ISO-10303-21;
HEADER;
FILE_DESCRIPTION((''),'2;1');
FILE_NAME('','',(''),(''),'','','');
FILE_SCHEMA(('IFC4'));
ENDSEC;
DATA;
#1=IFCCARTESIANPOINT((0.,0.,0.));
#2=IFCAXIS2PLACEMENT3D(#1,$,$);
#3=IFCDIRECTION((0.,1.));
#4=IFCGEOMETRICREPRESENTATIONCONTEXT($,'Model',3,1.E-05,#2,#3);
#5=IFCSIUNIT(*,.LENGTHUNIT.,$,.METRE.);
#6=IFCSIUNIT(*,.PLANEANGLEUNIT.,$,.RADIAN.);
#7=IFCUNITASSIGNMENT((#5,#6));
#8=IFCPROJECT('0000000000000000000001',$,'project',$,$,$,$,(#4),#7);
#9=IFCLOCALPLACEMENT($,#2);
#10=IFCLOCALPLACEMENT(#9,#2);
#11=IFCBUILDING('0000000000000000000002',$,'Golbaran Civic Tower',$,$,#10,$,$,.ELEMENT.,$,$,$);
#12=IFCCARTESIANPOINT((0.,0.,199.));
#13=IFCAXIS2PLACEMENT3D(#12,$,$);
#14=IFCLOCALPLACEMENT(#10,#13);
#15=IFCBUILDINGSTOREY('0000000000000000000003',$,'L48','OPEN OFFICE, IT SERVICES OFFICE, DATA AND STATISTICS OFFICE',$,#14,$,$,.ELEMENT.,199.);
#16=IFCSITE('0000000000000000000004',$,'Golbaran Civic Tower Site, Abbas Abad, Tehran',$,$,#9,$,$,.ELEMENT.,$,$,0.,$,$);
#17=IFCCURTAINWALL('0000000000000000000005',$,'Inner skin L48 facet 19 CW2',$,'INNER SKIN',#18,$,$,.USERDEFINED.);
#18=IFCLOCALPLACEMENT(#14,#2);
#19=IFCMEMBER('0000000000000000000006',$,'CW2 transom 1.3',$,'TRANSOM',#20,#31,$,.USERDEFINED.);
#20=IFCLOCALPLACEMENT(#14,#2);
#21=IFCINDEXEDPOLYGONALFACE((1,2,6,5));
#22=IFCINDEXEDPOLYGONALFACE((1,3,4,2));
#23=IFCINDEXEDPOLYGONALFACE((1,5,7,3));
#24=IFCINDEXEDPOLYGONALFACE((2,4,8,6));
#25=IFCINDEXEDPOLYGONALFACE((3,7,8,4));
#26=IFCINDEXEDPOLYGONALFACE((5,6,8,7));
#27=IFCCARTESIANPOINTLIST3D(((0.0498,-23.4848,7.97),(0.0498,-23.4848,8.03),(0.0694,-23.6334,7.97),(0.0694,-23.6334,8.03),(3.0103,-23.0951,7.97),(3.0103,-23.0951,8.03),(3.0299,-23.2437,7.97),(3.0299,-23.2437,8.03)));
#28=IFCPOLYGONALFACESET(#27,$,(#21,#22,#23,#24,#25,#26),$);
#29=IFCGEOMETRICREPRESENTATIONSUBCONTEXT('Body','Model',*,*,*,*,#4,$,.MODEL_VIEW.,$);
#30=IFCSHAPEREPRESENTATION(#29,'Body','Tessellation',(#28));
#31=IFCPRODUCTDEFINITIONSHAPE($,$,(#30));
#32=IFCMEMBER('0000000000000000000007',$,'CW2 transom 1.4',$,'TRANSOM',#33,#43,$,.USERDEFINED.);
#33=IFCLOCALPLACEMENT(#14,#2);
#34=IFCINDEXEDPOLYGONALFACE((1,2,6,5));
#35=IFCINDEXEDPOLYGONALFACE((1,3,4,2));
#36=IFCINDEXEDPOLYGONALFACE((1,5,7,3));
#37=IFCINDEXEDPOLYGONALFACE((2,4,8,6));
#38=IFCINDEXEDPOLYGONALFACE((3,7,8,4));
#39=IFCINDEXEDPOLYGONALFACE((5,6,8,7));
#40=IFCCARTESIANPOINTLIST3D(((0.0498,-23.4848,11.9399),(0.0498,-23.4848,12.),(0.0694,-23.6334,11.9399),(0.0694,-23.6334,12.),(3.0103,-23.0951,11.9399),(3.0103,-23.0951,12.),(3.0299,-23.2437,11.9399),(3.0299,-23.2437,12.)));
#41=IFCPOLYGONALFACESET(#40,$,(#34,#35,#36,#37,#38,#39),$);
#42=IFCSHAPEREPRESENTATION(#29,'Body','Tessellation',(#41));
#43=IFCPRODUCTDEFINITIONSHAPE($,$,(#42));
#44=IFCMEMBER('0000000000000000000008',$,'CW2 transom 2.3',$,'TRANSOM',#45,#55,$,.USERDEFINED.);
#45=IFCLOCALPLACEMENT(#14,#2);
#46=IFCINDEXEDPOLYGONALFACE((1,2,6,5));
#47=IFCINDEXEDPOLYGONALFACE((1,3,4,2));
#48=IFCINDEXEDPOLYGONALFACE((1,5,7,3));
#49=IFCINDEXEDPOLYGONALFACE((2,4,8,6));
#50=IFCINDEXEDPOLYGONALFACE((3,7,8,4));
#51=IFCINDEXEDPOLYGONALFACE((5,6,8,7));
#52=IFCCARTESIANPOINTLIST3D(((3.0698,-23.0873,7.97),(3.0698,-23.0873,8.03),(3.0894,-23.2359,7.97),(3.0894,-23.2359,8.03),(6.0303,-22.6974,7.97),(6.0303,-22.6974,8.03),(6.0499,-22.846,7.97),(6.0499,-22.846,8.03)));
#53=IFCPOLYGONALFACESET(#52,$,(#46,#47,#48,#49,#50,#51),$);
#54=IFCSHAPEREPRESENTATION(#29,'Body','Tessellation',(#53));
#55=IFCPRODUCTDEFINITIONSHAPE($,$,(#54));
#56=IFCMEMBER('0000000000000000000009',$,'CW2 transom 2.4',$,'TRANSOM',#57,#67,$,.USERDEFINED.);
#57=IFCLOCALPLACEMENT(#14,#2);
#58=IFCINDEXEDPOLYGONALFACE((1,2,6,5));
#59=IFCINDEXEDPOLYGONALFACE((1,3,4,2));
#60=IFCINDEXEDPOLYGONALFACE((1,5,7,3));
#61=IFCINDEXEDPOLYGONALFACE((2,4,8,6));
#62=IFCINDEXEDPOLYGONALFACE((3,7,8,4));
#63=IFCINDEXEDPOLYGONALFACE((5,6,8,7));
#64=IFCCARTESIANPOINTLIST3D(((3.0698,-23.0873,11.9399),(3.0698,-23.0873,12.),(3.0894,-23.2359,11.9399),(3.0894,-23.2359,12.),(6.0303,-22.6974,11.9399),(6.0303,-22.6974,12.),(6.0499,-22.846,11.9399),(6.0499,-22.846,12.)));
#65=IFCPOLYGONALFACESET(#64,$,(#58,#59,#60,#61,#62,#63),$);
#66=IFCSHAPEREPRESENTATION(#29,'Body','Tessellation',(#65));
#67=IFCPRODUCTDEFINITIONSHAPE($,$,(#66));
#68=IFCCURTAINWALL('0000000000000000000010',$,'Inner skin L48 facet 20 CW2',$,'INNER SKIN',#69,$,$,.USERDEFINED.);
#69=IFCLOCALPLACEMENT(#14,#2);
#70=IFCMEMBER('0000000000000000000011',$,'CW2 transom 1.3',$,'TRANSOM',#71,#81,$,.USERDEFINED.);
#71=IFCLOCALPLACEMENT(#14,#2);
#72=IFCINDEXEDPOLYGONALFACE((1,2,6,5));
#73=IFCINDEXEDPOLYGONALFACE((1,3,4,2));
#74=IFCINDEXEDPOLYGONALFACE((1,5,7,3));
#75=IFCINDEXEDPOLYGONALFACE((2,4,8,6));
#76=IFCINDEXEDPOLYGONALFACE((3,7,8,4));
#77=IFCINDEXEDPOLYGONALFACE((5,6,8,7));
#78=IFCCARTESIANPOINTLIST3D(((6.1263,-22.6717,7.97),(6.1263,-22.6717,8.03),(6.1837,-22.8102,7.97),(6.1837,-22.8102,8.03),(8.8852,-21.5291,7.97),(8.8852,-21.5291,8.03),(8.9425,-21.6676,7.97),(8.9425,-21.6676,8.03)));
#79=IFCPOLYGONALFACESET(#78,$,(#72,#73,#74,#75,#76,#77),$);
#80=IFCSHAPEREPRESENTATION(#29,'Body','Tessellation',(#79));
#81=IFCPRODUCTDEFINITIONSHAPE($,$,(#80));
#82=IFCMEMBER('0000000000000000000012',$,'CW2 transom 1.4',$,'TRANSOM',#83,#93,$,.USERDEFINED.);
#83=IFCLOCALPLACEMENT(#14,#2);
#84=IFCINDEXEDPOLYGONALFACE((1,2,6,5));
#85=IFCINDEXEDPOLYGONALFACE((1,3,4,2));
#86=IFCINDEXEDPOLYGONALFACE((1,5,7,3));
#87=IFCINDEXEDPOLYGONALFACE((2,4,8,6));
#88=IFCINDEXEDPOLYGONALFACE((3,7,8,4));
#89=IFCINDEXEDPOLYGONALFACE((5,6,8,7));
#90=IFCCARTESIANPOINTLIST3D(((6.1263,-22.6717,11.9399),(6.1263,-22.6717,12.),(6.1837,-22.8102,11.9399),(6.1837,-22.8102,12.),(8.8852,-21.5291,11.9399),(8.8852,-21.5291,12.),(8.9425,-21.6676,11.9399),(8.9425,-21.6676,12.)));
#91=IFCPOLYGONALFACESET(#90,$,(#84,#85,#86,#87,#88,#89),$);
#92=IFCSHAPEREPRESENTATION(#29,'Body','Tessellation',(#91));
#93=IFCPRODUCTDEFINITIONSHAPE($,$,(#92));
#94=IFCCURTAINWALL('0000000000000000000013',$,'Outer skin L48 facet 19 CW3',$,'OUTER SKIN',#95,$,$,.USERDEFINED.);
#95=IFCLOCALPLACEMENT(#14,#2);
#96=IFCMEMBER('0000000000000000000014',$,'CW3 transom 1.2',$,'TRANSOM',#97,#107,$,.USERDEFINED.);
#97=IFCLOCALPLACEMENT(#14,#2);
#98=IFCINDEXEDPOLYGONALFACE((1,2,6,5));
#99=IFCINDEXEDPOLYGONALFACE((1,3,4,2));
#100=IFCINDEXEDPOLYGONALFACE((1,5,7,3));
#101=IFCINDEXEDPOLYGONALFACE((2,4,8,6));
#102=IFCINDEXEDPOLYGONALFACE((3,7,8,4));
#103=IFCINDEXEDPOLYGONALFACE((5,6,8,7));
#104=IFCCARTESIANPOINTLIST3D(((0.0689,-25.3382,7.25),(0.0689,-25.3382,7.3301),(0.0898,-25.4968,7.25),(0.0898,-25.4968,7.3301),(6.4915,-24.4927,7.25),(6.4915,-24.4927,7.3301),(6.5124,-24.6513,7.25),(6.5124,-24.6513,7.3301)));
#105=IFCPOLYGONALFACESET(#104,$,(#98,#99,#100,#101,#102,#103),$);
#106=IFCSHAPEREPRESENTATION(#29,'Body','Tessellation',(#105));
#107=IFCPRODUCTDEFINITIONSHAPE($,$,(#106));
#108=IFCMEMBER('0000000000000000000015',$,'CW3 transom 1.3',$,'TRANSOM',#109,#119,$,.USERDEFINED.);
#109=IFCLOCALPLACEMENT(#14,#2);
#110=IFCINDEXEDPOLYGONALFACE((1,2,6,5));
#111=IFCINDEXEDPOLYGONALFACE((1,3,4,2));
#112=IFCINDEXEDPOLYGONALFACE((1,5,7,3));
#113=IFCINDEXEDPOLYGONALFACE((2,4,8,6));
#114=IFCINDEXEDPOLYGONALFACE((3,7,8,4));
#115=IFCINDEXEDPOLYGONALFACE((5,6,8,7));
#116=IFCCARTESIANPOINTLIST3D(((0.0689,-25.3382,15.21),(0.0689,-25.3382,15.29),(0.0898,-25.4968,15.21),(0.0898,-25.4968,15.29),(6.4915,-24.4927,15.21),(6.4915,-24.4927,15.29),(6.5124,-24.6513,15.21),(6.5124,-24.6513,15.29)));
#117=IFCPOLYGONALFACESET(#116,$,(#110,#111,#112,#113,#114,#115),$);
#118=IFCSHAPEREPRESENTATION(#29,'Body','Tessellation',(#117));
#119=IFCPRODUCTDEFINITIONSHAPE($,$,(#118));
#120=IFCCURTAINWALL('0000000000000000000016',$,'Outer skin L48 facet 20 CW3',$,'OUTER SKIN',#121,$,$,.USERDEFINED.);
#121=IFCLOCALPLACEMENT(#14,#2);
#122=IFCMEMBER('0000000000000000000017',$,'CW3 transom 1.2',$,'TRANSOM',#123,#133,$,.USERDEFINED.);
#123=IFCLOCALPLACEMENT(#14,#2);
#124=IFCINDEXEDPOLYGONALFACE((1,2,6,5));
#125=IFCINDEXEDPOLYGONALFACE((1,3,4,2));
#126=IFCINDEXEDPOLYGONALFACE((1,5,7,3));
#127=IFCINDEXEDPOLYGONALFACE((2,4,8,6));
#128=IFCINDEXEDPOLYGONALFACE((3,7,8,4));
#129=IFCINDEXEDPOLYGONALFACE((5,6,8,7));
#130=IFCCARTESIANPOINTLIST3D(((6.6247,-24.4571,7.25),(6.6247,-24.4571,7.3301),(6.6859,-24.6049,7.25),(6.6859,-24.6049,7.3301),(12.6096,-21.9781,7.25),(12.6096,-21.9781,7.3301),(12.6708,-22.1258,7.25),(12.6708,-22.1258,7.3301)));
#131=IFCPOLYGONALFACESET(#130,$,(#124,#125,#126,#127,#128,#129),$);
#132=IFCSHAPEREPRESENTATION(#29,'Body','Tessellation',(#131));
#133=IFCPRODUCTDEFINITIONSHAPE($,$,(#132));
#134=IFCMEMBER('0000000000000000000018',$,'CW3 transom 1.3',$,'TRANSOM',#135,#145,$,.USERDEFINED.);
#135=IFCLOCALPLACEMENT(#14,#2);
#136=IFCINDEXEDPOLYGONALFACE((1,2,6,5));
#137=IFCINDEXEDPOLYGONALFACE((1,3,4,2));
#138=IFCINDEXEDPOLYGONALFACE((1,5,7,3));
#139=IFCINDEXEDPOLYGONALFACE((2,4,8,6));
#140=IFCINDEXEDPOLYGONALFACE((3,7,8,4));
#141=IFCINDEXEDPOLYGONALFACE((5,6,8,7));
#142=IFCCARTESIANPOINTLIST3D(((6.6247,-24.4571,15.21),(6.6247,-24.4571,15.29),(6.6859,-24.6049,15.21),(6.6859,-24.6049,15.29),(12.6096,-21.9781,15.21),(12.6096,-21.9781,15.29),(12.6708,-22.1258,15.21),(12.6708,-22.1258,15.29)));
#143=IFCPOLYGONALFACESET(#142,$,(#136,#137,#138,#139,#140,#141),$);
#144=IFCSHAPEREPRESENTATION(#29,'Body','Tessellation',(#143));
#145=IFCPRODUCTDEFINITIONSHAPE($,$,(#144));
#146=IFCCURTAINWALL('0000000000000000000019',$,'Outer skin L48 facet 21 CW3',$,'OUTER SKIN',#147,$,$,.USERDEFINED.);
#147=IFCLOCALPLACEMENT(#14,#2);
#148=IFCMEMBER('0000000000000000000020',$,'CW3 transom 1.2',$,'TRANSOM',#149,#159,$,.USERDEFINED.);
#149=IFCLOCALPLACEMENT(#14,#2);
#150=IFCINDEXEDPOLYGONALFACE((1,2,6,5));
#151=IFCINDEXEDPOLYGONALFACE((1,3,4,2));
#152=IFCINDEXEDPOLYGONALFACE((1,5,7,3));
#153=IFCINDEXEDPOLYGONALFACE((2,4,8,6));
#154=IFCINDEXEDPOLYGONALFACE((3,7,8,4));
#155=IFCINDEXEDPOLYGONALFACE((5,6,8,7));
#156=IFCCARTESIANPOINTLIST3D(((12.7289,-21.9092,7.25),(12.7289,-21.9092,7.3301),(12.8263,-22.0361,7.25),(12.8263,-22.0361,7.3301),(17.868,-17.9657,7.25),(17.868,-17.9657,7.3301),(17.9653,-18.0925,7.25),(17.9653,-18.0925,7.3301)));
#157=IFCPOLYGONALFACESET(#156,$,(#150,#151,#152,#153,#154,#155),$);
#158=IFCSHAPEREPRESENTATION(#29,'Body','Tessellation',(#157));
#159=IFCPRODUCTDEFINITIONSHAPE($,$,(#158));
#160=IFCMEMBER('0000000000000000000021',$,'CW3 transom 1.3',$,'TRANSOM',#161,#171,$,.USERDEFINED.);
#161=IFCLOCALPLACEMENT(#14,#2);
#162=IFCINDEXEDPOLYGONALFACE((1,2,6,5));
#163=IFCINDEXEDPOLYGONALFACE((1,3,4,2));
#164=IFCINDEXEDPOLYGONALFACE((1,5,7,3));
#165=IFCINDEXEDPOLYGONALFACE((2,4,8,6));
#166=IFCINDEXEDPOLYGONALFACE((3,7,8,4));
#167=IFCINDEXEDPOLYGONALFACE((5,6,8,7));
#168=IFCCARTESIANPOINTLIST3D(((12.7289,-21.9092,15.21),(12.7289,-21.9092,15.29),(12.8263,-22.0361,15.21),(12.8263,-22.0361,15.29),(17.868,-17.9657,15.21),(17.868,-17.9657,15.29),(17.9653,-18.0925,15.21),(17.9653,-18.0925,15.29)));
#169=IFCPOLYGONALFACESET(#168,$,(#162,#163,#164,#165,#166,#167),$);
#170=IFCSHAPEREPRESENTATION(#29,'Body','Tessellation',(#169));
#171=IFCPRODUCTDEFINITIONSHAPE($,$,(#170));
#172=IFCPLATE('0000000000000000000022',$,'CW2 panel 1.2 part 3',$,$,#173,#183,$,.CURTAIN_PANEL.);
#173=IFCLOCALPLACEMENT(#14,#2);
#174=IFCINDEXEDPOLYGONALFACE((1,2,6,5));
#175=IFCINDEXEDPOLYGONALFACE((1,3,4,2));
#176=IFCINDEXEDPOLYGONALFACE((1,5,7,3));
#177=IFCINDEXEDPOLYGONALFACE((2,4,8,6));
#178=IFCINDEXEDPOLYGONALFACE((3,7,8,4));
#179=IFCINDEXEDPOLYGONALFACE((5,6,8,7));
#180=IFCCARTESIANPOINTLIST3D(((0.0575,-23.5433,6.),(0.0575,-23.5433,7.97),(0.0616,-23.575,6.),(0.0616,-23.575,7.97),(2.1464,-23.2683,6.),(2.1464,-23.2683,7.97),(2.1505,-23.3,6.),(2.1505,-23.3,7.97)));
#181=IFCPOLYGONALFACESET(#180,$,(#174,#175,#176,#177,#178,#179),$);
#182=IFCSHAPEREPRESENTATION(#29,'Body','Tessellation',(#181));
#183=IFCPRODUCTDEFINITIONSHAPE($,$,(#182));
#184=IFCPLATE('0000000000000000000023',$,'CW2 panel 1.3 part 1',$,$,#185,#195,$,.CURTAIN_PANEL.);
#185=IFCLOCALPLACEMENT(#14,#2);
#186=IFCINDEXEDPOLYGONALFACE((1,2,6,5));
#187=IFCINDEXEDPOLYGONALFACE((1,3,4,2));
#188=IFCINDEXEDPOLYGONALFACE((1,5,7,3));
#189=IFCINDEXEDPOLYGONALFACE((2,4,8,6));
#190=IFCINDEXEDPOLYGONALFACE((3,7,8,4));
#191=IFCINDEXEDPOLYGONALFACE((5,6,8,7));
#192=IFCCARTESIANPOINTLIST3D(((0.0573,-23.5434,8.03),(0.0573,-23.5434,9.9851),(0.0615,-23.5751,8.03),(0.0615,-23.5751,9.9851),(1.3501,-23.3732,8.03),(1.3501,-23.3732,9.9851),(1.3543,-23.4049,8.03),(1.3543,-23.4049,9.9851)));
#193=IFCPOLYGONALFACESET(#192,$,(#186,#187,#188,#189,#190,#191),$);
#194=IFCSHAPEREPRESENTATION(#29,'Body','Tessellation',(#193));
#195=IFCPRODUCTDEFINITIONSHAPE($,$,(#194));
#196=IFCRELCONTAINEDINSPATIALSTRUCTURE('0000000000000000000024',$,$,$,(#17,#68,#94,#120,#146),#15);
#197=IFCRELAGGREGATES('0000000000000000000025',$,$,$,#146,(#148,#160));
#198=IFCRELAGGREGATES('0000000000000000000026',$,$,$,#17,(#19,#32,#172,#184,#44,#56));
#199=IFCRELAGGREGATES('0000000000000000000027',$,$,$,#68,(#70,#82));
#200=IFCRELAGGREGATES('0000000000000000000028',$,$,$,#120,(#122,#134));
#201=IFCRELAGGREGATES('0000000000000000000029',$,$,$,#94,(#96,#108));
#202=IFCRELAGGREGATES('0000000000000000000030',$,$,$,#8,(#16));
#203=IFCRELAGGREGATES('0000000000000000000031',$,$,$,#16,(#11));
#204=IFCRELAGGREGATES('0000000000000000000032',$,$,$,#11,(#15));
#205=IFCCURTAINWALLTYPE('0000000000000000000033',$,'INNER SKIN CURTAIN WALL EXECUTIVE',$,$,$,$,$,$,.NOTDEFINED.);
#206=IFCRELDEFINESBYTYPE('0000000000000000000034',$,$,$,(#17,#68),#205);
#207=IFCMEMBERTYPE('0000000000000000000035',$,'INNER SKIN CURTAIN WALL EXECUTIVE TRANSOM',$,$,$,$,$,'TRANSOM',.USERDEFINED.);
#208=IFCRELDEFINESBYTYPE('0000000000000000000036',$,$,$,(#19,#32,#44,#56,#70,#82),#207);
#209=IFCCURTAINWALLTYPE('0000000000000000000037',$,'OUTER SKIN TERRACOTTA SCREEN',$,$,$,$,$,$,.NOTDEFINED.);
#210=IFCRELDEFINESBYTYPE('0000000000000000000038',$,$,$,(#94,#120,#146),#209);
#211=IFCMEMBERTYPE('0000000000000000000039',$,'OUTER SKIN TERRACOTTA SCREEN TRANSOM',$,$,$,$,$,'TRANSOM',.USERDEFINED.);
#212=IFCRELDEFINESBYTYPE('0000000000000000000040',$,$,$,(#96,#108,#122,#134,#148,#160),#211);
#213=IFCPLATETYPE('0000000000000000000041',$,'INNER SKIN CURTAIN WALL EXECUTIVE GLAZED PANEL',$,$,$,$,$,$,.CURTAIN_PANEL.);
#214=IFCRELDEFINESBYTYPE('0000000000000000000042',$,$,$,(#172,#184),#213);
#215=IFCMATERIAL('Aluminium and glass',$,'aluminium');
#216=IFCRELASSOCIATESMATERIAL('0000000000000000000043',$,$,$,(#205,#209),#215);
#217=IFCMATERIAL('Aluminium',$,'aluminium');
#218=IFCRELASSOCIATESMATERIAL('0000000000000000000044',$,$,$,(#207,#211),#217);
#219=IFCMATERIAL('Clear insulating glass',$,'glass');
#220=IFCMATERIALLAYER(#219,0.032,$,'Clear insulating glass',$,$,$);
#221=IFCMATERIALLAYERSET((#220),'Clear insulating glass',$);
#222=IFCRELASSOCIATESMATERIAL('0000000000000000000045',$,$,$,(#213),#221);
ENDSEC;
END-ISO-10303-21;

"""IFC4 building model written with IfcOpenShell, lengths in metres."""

from ifc_helpers import new_model, si_unit, direction, frame, origin, origin_2d, place, context, subcontext, project, spatial, rectangle, extrude, material, layer, layer_set, material_profile, profile_set, type_object, element, aggregate, save


model = new_model("IFC4")

# Units and contexts
model_context = context("Model", 3, precision=1e-05, world=origin(), true_north=direction((0.0, 1.0)))
body_context = subcontext(model_context, "Body", "Model", "MODEL_VIEW")
ifc_project = project(units=[si_unit("LENGTHUNIT", "METRE"), si_unit("PLANEANGLEUNIT", "RADIAN")], contexts=[model_context])

# Site, building, storey
site_placement = place(None, origin())
site = spatial("IfcSite", under=ifc_project, at=site_placement, Name="Golbaran Civic Tower Site, Abbas Abad, Tehran", CompositionType="ELEMENT", RefElevation=0.0)
building_placement = place(site_placement, origin())
building = spatial("IfcBuilding", under=site, at=building_placement, Name="Golbaran Civic Tower", CompositionType="ELEMENT")
storey_placement = place(building_placement, frame((0.0, 0.0, 199.0)))
storey = spatial("IfcBuildingStorey", under=building, at=storey_placement, Name="L48", Description="OPEN OFFICE, IT SERVICES OFFICE, DATA AND STATISTICS OFFICE", CompositionType="ELEMENT", Elevation=199.0)

# Curtain walls, members
ifc_material_1 = material(Name="Aluminium and glass", Category="aluminium")
curtain_wall_type_1 = type_object("IfcCurtainWallType", Name="INNER SKIN CURTAIN WALL EXECUTIVE", PredefinedType="NOTDEFINED", material=ifc_material_1)
curtain_wall_1_placement = place(storey_placement, origin())
curtain_wall_1 = element("IfcCurtainWall", 1, at=curtain_wall_1_placement, inside=storey, type_object=curtain_wall_type_1, Name="Inner skin L48 facet 19 CW2", ObjectType="INNER SKIN", PredefinedType="USERDEFINED")
ifc_material_2 = material(Name="Aluminium", Category="aluminium")
ifc_material_profile_1 = material_profile(ifc_material_2, rectangle(XDim=0.1499, YDim=0.0601, at=origin_2d()), Name="INNER SKIN CURTAIN WALL EXECUTIVE TRANSOM")
ifc_profile_set_1 = profile_set([ifc_material_profile_1], Name="Aluminium")
member_type_1 = type_object("IfcMemberType", Name="INNER SKIN CURTAIN WALL EXECUTIVE TRANSOM", ElementType="TRANSOM", PredefinedType="USERDEFINED", material=ifc_profile_set_1)
member_1_placement = place(storey_placement, frame((0.0596, -23.5591, 8.0), z_axis=(0.991449, 0.130493, 0.0), x_axis=(-0.130493, 0.991449, 0.0)))
member_1 = element("IfcMember", 2, at=member_1_placement, type_object=member_type_1, Name="CW2 transom 1.3", ObjectType="TRANSOM", PredefinedType="USERDEFINED", context=body_context, shape_type="SweptSolid", body=[
    extrude(rectangle(XDim=0.1499, YDim=0.0601, at=origin_2d()), origin(), (0.0, 0.0, 1.0), 2.9861),
])
member_2_placement = place(storey_placement, frame((0.0596, -23.5591, 11.97), z_axis=(0.991449, 0.130493, 0.0), x_axis=(-0.130493, 0.991449, 0.0)))
member_2 = element("IfcMember", 3, at=member_2_placement, type_object=member_type_1, Name="CW2 transom 1.4", ObjectType="TRANSOM", PredefinedType="USERDEFINED", context=body_context, shape_type="SweptSolid", body=[
    extrude(rectangle(XDim=0.1499, YDim=0.0601, at=origin_2d()), origin(), (0.0, 0.0, 1.0), 2.9861),
])
member_3_placement = place(storey_placement, frame((3.0796, -23.1616, 8.0), z_axis=(0.991439, 0.130573, 0.0), x_axis=(-0.130573, 0.991439, 0.0)))
member_3 = element("IfcMember", 4, at=member_3_placement, type_object=member_type_1, Name="CW2 transom 2.3", ObjectType="TRANSOM", PredefinedType="USERDEFINED", context=body_context, shape_type="SweptSolid", body=[
    extrude(rectangle(XDim=0.1499, YDim=0.0601, at=origin_2d()), origin(), (0.0, 0.0, 1.0), 2.9861),
])
member_4_placement = place(storey_placement, frame((3.0796, -23.1616, 11.97), z_axis=(0.991439, 0.130573, 0.0), x_axis=(-0.130573, 0.991439, 0.0)))
member_4 = element("IfcMember", 5, at=member_4_placement, type_object=member_type_1, Name="CW2 transom 2.4", ObjectType="TRANSOM", PredefinedType="USERDEFINED", context=body_context, shape_type="SweptSolid", body=[
    extrude(rectangle(XDim=0.1499, YDim=0.0601, at=origin_2d()), origin(), (0.0, 0.0, 1.0), 2.9861),
])
curtain_wall_2_placement = place(storey_placement, origin())
curtain_wall_2 = element("IfcCurtainWall", 6, at=curtain_wall_2_placement, inside=storey, type_object=curtain_wall_type_1, Name="Inner skin L48 facet 20 CW2", ObjectType="INNER SKIN", PredefinedType="USERDEFINED")
member_5_placement = place(storey_placement, frame((6.155, -22.741, 8.0), z_axis=(0.923897, 0.382641, 0.0), x_axis=(-0.382641, 0.923897, 0.0)))
member_5 = element("IfcMember", 7, at=member_5_placement, type_object=member_type_1, Name="CW2 transom 1.3", ObjectType="TRANSOM", PredefinedType="USERDEFINED", context=body_context, shape_type="SweptSolid", body=[
    extrude(rectangle(XDim=0.1499, YDim=0.0601, at=origin_2d()), origin(), (0.0, 0.0, 1.0), 2.9861),
])
member_6_placement = place(storey_placement, frame((6.155, -22.741, 11.97), z_axis=(0.923897, 0.382641, 0.0), x_axis=(-0.382641, 0.923897, 0.0)))
member_6 = element("IfcMember", 8, at=member_6_placement, type_object=member_type_1, Name="CW2 transom 1.4", ObjectType="TRANSOM", PredefinedType="USERDEFINED", context=body_context, shape_type="SweptSolid", body=[
    extrude(rectangle(XDim=0.1499, YDim=0.0601, at=origin_2d()), origin(), (0.0, 0.0, 1.0), 2.9861),
])
curtain_wall_type_2 = type_object("IfcCurtainWallType", Name="OUTER SKIN TERRACOTTA SCREEN", PredefinedType="NOTDEFINED", material=ifc_material_1)
curtain_wall_3_placement = place(storey_placement, origin())
curtain_wall_3 = element("IfcCurtainWall", 9, at=curtain_wall_3_placement, inside=storey, type_object=curtain_wall_type_2, Name="Outer skin L48 facet 19 CW3", ObjectType="OUTER SKIN", PredefinedType="USERDEFINED")
ifc_material_profile_2 = material_profile(ifc_material_2, rectangle(XDim=0.1599, YDim=0.0801, at=origin_2d()), Name="OUTER SKIN TERRACOTTA SCREEN TRANSOM")
ifc_profile_set_2 = profile_set([ifc_material_profile_2], Name="Aluminium")
member_type_2 = type_object("IfcMemberType", Name="OUTER SKIN TERRACOTTA SCREEN TRANSOM", ElementType="TRANSOM", PredefinedType="USERDEFINED", material=ifc_profile_set_2)
member_7_placement = place(storey_placement, frame((0.0793, -25.4175, 7.29), z_axis=(0.991447, 0.130512, 0.0), x_axis=(-0.130512, 0.991447, 0.0)))
member_7 = element("IfcMember", 10, at=member_7_placement, type_object=member_type_2, Name="CW3 transom 1.2", ObjectType="TRANSOM", PredefinedType="USERDEFINED", context=body_context, shape_type="SweptSolid", body=[
    extrude(rectangle(XDim=0.1599, YDim=0.0801, at=origin_2d()), origin(), (0.0, 0.0, 1.0), 6.478),
])
member_8_placement = place(storey_placement, frame((0.0793, -25.4175, 15.25), z_axis=(0.991447, 0.130512, 0.0), x_axis=(-0.130512, 0.991447, 0.0)))
member_8 = element("IfcMember", 11, at=member_8_placement, type_object=member_type_2, Name="CW3 transom 1.3", ObjectType="TRANSOM", PredefinedType="USERDEFINED", context=body_context, shape_type="SweptSolid", body=[
    extrude(rectangle(XDim=0.1599, YDim=0.0801, at=origin_2d()), origin(), (0.0, 0.0, 1.0), 6.478),
])
curtain_wall_4_placement = place(storey_placement, origin())
curtain_wall_4 = element("IfcCurtainWall", 12, at=curtain_wall_4_placement, inside=storey, type_object=curtain_wall_type_2, Name="Outer skin L48 facet 20 CW3", ObjectType="OUTER SKIN", PredefinedType="USERDEFINED")
member_9_placement = place(storey_placement, frame((6.6553, -24.531, 7.29), z_axis=(0.92388, 0.382682, 0.0), x_axis=(-0.382682, 0.92388, 0.0)))
member_9 = element("IfcMember", 13, at=member_9_placement, type_object=member_type_2, Name="CW3 transom 1.2", ObjectType="TRANSOM", PredefinedType="USERDEFINED", context=body_context, shape_type="SweptSolid", body=[
    extrude(rectangle(XDim=0.1599, YDim=0.0801, at=origin_2d()), origin(), (0.0, 0.0, 1.0), 6.478),
])
member_10_placement = place(storey_placement, frame((6.6553, -24.531, 15.25), z_axis=(0.92388, 0.382682, 0.0), x_axis=(-0.382682, 0.92388, 0.0)))
member_10 = element("IfcMember", 14, at=member_10_placement, type_object=member_type_2, Name="CW3 transom 1.3", ObjectType="TRANSOM", PredefinedType="USERDEFINED", context=body_context, shape_type="SweptSolid", body=[
    extrude(rectangle(XDim=0.1599, YDim=0.0801, at=origin_2d()), origin(), (0.0, 0.0, 1.0), 6.478),
])
curtain_wall_5_placement = place(storey_placement, origin())
curtain_wall_5 = element("IfcCurtainWall", 15, at=curtain_wall_5_placement, inside=storey, type_object=curtain_wall_type_2, Name="Outer skin L48 facet 21 CW3", ObjectType="OUTER SKIN", PredefinedType="USERDEFINED")
member_11_placement = place(storey_placement, frame((12.7776, -21.9727, 7.29), z_axis=(0.793339, 0.60878, 0.0), x_axis=(-0.60878, 0.793339, 0.0)))
member_11 = element("IfcMember", 16, at=member_11_placement, type_object=member_type_2, Name="CW3 transom 1.2", ObjectType="TRANSOM", PredefinedType="USERDEFINED", context=body_context, shape_type="SweptSolid", body=[
    extrude(rectangle(XDim=0.1599, YDim=0.0801, at=origin_2d()), origin(), (0.0, 0.0, 1.0), 6.4778),
])
member_12_placement = place(storey_placement, frame((12.7776, -21.9727, 15.25), z_axis=(0.793339, 0.60878, 0.0), x_axis=(-0.60878, 0.793339, 0.0)))
member_12 = element("IfcMember", 17, at=member_12_placement, type_object=member_type_2, Name="CW3 transom 1.3", ObjectType="TRANSOM", PredefinedType="USERDEFINED", context=body_context, shape_type="SweptSolid", body=[
    extrude(rectangle(XDim=0.1599, YDim=0.0801, at=origin_2d()), origin(), (0.0, 0.0, 1.0), 6.4778),
])
aggregate(curtain_wall_5, [member_11, member_12])

# Plates
ifc_material_3 = material(Name="Clear insulating glass", Category="glass")
ifc_layer_1 = layer(ifc_material_3, 0.032, Name="Clear insulating glass")
ifc_layer_set_1 = layer_set([ifc_layer_1], Name="Clear insulating glass")
plate_type_1 = type_object("IfcPlateType", Name="INNER SKIN CURTAIN WALL EXECUTIVE GLAZED PANEL", PredefinedType="CURTAIN_PANEL", material=ifc_layer_set_1)
plate_1_placement = place(storey_placement, frame((1.104, -23.4216, 6.0), z_axis=(0.0, 0.0, 1.0), x_axis=(0.991445, 0.130526, 0.0)))
plate_1 = element("IfcPlate", 18, at=plate_1_placement, type_object=plate_type_1, Name="CW2 panel 1.2 part 3", PredefinedType="CURTAIN_PANEL", context=body_context, shape_type="SweptSolid", body=[
    extrude(rectangle(XDim=2.1069, YDim=0.032, at=origin_2d()), origin(), (0.0, 0.0, 1.0), 1.97),
])
plate_2_placement = place(storey_placement, frame((0.7058, -23.4741, 8.03), z_axis=(0.0, 0.0, 1.0), x_axis=(0.991445, 0.130526, 0.0)))
plate_2 = element("IfcPlate", 19, at=plate_2_placement, type_object=plate_type_1, Name="CW2 panel 1.3 part 1", PredefinedType="CURTAIN_PANEL", context=body_context, shape_type="SweptSolid", body=[
    extrude(rectangle(XDim=1.304, YDim=0.032, at=origin_2d()), origin(), (0.0, 0.0, 1.0), 1.9551),
])
aggregate(curtain_wall_1, [member_1, member_2, plate_1, plate_2, member_3, member_4])
aggregate(curtain_wall_2, [member_5, member_6])
aggregate(curtain_wall_4, [member_9, member_10])
aggregate(curtain_wall_3, [member_7, member_8])

save(model, "model.ifc")
